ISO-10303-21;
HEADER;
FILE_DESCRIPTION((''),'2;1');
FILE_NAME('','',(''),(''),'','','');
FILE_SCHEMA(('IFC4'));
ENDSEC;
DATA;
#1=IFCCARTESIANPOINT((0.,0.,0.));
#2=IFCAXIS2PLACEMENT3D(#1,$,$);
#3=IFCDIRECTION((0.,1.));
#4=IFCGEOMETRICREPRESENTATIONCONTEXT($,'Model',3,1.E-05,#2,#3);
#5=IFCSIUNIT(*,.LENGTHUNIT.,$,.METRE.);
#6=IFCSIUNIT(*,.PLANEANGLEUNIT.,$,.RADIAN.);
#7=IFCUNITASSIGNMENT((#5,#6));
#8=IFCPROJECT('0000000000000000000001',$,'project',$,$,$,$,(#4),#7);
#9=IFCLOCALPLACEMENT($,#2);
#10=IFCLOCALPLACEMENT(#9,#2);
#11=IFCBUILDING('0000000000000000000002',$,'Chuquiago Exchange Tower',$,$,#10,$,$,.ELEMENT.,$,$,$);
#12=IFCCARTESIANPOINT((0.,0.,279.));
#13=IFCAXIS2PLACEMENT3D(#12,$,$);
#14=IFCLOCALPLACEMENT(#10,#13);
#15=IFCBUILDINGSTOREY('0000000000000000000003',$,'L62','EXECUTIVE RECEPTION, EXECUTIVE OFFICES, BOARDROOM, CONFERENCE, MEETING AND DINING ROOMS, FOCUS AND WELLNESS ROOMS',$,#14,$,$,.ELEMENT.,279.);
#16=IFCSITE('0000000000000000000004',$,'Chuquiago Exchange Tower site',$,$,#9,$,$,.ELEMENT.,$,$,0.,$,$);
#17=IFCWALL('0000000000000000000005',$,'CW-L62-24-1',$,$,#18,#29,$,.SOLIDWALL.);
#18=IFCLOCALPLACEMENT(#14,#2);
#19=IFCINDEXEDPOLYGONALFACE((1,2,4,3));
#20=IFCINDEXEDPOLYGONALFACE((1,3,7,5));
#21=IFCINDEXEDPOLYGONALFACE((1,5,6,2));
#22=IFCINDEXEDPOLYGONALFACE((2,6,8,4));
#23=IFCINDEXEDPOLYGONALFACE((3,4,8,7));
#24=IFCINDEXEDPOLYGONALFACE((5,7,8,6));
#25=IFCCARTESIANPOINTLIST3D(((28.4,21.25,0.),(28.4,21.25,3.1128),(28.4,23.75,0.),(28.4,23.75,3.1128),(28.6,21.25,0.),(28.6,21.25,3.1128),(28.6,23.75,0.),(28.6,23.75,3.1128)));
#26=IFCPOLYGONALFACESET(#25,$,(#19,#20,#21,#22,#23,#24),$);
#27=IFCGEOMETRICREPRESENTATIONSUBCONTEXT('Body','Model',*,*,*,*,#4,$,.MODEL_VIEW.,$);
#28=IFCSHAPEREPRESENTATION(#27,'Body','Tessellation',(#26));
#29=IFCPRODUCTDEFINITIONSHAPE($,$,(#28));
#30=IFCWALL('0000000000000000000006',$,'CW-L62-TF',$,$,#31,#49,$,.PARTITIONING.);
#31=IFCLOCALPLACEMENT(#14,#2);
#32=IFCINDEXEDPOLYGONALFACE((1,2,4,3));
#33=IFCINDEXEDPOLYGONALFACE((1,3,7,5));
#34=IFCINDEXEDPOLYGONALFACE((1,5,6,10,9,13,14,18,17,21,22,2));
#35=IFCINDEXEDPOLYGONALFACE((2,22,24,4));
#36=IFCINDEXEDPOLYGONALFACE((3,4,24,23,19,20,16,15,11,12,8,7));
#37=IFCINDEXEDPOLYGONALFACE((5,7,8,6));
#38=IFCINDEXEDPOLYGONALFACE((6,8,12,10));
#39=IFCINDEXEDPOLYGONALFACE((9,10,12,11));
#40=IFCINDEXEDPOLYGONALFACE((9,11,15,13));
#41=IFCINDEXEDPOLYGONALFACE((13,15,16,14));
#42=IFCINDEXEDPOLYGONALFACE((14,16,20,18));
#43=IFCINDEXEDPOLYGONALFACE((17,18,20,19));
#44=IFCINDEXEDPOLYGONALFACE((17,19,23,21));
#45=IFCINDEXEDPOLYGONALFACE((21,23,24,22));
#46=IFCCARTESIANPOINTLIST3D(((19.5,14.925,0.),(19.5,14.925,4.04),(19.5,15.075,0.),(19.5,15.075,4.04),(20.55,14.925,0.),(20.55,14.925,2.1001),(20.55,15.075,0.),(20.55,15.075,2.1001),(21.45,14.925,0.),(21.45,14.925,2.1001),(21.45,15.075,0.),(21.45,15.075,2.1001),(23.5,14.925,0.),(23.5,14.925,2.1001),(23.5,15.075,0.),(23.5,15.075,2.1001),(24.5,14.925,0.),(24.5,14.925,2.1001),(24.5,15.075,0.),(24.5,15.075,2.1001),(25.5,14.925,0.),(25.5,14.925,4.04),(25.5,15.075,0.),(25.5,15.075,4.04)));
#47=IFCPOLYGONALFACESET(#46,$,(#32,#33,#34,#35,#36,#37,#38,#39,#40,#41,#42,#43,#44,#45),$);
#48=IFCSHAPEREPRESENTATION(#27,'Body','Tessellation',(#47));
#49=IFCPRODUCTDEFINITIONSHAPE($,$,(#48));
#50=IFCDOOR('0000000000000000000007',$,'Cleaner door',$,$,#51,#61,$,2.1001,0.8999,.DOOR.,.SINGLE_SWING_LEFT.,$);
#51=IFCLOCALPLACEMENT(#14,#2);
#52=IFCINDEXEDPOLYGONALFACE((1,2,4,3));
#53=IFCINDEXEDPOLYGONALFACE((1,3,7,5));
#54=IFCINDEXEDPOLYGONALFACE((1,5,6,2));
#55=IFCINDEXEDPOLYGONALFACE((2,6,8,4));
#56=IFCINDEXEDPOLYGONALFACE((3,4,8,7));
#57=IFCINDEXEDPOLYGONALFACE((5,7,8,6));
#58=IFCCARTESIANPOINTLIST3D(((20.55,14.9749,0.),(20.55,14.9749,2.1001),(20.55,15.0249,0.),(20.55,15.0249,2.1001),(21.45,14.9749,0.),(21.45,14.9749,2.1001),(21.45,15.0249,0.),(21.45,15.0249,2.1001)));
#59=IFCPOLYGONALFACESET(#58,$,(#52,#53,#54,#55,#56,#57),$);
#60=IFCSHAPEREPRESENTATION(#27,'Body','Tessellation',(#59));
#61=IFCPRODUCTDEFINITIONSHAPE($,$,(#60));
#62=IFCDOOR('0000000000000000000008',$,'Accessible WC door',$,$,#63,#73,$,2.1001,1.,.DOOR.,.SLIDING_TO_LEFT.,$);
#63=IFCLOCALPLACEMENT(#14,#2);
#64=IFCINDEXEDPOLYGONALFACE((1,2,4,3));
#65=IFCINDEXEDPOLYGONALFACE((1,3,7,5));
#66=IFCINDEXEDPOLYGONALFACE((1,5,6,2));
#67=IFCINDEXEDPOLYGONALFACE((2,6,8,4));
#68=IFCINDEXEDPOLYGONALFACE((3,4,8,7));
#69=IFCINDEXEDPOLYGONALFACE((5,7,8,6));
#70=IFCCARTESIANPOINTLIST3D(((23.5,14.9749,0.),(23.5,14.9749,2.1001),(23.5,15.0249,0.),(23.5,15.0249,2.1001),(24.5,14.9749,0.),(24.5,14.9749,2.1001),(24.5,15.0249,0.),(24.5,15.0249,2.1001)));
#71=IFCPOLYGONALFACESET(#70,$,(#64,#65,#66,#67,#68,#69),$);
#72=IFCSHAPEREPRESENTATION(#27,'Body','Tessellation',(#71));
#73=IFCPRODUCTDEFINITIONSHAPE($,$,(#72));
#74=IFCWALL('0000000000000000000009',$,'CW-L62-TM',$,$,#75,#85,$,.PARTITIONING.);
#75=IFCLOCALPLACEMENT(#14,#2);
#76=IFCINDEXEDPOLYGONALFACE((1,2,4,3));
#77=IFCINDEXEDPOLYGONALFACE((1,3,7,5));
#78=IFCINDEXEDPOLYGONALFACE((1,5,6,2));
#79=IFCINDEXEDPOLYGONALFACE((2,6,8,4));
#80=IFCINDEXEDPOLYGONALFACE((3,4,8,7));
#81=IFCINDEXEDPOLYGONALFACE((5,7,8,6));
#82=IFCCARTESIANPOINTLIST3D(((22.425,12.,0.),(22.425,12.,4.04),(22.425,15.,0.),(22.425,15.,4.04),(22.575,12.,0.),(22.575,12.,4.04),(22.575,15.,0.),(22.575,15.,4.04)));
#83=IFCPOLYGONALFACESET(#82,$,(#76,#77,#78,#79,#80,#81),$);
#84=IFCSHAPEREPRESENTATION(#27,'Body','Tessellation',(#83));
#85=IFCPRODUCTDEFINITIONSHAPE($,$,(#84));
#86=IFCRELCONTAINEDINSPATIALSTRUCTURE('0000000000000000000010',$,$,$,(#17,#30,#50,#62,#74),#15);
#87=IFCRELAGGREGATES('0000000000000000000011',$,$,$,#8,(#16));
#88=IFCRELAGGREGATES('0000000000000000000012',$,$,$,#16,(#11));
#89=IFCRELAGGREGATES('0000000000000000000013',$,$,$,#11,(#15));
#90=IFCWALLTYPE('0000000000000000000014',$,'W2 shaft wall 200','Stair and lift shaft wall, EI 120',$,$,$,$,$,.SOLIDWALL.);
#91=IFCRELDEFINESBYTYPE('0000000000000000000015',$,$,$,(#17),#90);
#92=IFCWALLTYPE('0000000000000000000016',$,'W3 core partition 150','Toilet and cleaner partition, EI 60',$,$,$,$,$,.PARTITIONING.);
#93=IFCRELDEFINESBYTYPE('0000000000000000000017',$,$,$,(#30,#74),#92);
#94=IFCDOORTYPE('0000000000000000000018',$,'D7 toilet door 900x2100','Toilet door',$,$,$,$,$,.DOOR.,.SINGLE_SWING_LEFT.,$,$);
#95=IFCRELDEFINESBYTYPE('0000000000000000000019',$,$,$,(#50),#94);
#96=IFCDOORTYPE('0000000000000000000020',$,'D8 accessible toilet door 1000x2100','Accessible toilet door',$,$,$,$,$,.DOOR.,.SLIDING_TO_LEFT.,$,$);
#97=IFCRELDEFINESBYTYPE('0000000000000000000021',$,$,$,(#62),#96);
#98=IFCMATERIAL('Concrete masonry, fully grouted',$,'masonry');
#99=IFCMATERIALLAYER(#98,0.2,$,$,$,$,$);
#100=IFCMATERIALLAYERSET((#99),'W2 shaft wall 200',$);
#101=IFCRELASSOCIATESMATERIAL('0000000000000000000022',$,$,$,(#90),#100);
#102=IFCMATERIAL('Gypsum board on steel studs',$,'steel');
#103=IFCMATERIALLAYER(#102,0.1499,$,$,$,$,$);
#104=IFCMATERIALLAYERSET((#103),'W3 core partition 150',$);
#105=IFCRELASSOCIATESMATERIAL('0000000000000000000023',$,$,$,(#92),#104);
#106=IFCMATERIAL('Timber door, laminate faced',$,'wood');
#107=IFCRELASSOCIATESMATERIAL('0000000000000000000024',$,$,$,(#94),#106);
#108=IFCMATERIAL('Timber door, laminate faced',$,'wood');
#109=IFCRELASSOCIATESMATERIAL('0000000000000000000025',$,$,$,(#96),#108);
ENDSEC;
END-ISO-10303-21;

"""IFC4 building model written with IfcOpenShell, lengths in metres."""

from ifc_helpers import new_model, si_unit, direction, frame, frame_2d, origin, place, context, subcontext, project, spatial, rectangle, extrude, material, layer, layer_set, type_object, element, fill, save


model = new_model("IFC4")

# Units and contexts
model_context = context("Model", 3, precision=1e-05, world=origin(), true_north=direction((0.0, 1.0)))
body_context = subcontext(model_context, "Body", "Model", "MODEL_VIEW")
ifc_project = project(units=[si_unit("LENGTHUNIT", "METRE"), si_unit("PLANEANGLEUNIT", "RADIAN")], contexts=[model_context])

# Site, building, storey
site_placement = place(None, origin())
site = spatial("IfcSite", under=ifc_project, at=site_placement, Name="Chuquiago Exchange Tower site", CompositionType="ELEMENT", RefElevation=0.0)
building_placement = place(site_placement, origin())
building = spatial("IfcBuilding", under=site, at=building_placement, Name="Chuquiago Exchange Tower", CompositionType="ELEMENT")
storey_placement = place(building_placement, frame((0.0, 0.0, 279.0)))
storey = spatial("IfcBuildingStorey", under=building, at=storey_placement, Name="L62", Description="EXECUTIVE RECEPTION, EXECUTIVE OFFICES, BOARDROOM, CONFERENCE, MEETING AND DINING ROOMS, FOCUS AND WELLNESS ROOMS", CompositionType="ELEMENT", Elevation=279.0)

# Shared definitions
ifc_material_1 = material(Name="Concrete masonry, fully grouted", Category="masonry")
ifc_layer_1 = layer(ifc_material_1, 0.2)
ifc_layer_set_1 = layer_set([ifc_layer_1], Name="W2 shaft wall 200")
wall_type_1 = type_object("IfcWallType", Name="W2 shaft wall 200", Description="Stair and lift shaft wall, EI 120", PredefinedType="SOLIDWALL", material=ifc_layer_set_1)

# Wall
wall_1_placement = place(storey_placement, frame((28.5, 21.25, 0.0), z_axis=(0.0, 0.0, 1.0), x_axis=(0.0, 1.0, 0.0)))
element("IfcWall", 1, at=wall_1_placement, inside=storey, type_object=wall_type_1, Name="CW-L62-24-1", PredefinedType="SOLIDWALL", context=body_context, shape_type="SweptSolid", body=[
    extrude(rectangle(XDim=2.5, YDim=0.2, at=frame_2d((1.25, 0.0))), origin(), (0.0, 0.0, 1.0), 3.1128),
])

# Wall, openings, doors
ifc_material_2 = material(Name="Gypsum board on steel studs", Category="steel")
ifc_layer_2 = layer(ifc_material_2, 0.1499)
ifc_layer_set_2 = layer_set([ifc_layer_2], Name="W3 core partition 150")
wall_type_2 = type_object("IfcWallType", Name="W3 core partition 150", Description="Toilet and cleaner partition, EI 60", PredefinedType="PARTITIONING", material=ifc_layer_set_2)
wall_2_placement = place(storey_placement, frame((19.5, 15.0, 0.0), z_axis=(0.0, 0.0, 1.0), x_axis=(1.0, 0.0, 0.0)))
wall_2 = element("IfcWall", 2, at=wall_2_placement, inside=storey, type_object=wall_type_2, Name="CW-L62-TF", PredefinedType="PARTITIONING", context=body_context, shape_type="SweptSolid", body=[
    extrude(rectangle(XDim=6.0, YDim=0.1499, at=frame_2d((3.0, 0.0))), origin(), (0.0, 0.0, 1.0), 4.04),
])
opening_1_placement = place(wall_2_placement, frame((4.0, 0.0, 0.0)))
opening_1 = element("IfcOpeningElement", 3, at=opening_1_placement, cuts=wall_2, PredefinedType="OPENING", context=body_context, shape_type="SweptSolid", body=[
    extrude(rectangle(XDim=1.0, YDim=2.1001, at=frame_2d((0.5, 1.05))), frame((0.0, 0.085, 0.0), z_axis=(0.0, -1.0, 0.0), x_axis=(1.0, 0.0, 0.0)), (0.0, 0.0, 1.0), 0.1699),
])
opening_2_placement = place(wall_2_placement, frame((1.05, 0.0, 0.0)))
opening_2 = element("IfcOpeningElement", 4, at=opening_2_placement, cuts=wall_2, PredefinedType="OPENING", context=body_context, shape_type="SweptSolid", body=[
    extrude(rectangle(XDim=0.8999, YDim=2.1001, at=frame_2d((0.45, 1.05))), frame((0.0, 0.085, 0.0), z_axis=(0.0, -1.0, 0.0), x_axis=(1.0, 0.0, 0.0)), (0.0, 0.0, 1.0), 0.1699),
])
ifc_material_3 = material(Name="Timber door, laminate faced", Category="wood")
door_type_1 = type_object("IfcDoorType", Name="D7 toilet door 900x2100", Description="Toilet door", OperationType="SINGLE_SWING_LEFT", PredefinedType="DOOR", material=ifc_material_3)
door_1_placement = place(opening_2_placement, origin())
door_1 = element("IfcDoor", 5, at=door_1_placement, inside=storey, type_object=door_type_1, Name="Cleaner door", OperationType="SINGLE_SWING_LEFT", OverallHeight=2.1001, OverallWidth=0.8999, PredefinedType="DOOR", context=body_context, shape_type="SweptSolid", body=[
    extrude(rectangle(XDim=0.8999, YDim=2.1001, at=frame_2d((0.45, 1.05))), frame((0.0, 0.0249, 0.0), z_axis=(0.0, -1.0, 0.0), x_axis=(1.0, 0.0, 0.0)), (0.0, 0.0, 1.0), 0.05),
])
fill(opening_2, door_1)
ifc_material_4 = material(Name="Timber door, laminate faced", Category="wood")
door_type_2 = type_object("IfcDoorType", Name="D8 accessible toilet door 1000x2100", Description="Accessible toilet door", OperationType="SLIDING_TO_LEFT", PredefinedType="DOOR", material=ifc_material_4)
door_2_placement = place(opening_1_placement, origin())
door_2 = element("IfcDoor", 6, at=door_2_placement, inside=storey, type_object=door_type_2, Name="Accessible WC door", OperationType="SLIDING_TO_LEFT", OverallHeight=2.1001, OverallWidth=1.0, PredefinedType="DOOR", context=body_context, shape_type="SweptSolid", body=[
    extrude(rectangle(XDim=1.0, YDim=2.1001, at=frame_2d((0.5, 1.05))), frame((0.0, 0.0249, 0.0), z_axis=(0.0, -1.0, 0.0), x_axis=(1.0, 0.0, 0.0)), (0.0, 0.0, 1.0), 0.05),
])
fill(opening_1, door_2)

# Wall
wall_3_placement = place(storey_placement, frame((22.5, 15.0, 0.0), z_axis=(0.0, 0.0, 1.0), x_axis=(0.0, -1.0, 0.0)))
element("IfcWall", 7, at=wall_3_placement, inside=storey, type_object=wall_type_2, Name="CW-L62-TM", PredefinedType="PARTITIONING", context=body_context, shape_type="SweptSolid", body=[
    extrude(rectangle(XDim=3.0, YDim=0.1499, at=frame_2d((1.5, 0.0))), origin(), (0.0, 0.0, 1.0), 4.04),
])

save(model, "model.ifc")
